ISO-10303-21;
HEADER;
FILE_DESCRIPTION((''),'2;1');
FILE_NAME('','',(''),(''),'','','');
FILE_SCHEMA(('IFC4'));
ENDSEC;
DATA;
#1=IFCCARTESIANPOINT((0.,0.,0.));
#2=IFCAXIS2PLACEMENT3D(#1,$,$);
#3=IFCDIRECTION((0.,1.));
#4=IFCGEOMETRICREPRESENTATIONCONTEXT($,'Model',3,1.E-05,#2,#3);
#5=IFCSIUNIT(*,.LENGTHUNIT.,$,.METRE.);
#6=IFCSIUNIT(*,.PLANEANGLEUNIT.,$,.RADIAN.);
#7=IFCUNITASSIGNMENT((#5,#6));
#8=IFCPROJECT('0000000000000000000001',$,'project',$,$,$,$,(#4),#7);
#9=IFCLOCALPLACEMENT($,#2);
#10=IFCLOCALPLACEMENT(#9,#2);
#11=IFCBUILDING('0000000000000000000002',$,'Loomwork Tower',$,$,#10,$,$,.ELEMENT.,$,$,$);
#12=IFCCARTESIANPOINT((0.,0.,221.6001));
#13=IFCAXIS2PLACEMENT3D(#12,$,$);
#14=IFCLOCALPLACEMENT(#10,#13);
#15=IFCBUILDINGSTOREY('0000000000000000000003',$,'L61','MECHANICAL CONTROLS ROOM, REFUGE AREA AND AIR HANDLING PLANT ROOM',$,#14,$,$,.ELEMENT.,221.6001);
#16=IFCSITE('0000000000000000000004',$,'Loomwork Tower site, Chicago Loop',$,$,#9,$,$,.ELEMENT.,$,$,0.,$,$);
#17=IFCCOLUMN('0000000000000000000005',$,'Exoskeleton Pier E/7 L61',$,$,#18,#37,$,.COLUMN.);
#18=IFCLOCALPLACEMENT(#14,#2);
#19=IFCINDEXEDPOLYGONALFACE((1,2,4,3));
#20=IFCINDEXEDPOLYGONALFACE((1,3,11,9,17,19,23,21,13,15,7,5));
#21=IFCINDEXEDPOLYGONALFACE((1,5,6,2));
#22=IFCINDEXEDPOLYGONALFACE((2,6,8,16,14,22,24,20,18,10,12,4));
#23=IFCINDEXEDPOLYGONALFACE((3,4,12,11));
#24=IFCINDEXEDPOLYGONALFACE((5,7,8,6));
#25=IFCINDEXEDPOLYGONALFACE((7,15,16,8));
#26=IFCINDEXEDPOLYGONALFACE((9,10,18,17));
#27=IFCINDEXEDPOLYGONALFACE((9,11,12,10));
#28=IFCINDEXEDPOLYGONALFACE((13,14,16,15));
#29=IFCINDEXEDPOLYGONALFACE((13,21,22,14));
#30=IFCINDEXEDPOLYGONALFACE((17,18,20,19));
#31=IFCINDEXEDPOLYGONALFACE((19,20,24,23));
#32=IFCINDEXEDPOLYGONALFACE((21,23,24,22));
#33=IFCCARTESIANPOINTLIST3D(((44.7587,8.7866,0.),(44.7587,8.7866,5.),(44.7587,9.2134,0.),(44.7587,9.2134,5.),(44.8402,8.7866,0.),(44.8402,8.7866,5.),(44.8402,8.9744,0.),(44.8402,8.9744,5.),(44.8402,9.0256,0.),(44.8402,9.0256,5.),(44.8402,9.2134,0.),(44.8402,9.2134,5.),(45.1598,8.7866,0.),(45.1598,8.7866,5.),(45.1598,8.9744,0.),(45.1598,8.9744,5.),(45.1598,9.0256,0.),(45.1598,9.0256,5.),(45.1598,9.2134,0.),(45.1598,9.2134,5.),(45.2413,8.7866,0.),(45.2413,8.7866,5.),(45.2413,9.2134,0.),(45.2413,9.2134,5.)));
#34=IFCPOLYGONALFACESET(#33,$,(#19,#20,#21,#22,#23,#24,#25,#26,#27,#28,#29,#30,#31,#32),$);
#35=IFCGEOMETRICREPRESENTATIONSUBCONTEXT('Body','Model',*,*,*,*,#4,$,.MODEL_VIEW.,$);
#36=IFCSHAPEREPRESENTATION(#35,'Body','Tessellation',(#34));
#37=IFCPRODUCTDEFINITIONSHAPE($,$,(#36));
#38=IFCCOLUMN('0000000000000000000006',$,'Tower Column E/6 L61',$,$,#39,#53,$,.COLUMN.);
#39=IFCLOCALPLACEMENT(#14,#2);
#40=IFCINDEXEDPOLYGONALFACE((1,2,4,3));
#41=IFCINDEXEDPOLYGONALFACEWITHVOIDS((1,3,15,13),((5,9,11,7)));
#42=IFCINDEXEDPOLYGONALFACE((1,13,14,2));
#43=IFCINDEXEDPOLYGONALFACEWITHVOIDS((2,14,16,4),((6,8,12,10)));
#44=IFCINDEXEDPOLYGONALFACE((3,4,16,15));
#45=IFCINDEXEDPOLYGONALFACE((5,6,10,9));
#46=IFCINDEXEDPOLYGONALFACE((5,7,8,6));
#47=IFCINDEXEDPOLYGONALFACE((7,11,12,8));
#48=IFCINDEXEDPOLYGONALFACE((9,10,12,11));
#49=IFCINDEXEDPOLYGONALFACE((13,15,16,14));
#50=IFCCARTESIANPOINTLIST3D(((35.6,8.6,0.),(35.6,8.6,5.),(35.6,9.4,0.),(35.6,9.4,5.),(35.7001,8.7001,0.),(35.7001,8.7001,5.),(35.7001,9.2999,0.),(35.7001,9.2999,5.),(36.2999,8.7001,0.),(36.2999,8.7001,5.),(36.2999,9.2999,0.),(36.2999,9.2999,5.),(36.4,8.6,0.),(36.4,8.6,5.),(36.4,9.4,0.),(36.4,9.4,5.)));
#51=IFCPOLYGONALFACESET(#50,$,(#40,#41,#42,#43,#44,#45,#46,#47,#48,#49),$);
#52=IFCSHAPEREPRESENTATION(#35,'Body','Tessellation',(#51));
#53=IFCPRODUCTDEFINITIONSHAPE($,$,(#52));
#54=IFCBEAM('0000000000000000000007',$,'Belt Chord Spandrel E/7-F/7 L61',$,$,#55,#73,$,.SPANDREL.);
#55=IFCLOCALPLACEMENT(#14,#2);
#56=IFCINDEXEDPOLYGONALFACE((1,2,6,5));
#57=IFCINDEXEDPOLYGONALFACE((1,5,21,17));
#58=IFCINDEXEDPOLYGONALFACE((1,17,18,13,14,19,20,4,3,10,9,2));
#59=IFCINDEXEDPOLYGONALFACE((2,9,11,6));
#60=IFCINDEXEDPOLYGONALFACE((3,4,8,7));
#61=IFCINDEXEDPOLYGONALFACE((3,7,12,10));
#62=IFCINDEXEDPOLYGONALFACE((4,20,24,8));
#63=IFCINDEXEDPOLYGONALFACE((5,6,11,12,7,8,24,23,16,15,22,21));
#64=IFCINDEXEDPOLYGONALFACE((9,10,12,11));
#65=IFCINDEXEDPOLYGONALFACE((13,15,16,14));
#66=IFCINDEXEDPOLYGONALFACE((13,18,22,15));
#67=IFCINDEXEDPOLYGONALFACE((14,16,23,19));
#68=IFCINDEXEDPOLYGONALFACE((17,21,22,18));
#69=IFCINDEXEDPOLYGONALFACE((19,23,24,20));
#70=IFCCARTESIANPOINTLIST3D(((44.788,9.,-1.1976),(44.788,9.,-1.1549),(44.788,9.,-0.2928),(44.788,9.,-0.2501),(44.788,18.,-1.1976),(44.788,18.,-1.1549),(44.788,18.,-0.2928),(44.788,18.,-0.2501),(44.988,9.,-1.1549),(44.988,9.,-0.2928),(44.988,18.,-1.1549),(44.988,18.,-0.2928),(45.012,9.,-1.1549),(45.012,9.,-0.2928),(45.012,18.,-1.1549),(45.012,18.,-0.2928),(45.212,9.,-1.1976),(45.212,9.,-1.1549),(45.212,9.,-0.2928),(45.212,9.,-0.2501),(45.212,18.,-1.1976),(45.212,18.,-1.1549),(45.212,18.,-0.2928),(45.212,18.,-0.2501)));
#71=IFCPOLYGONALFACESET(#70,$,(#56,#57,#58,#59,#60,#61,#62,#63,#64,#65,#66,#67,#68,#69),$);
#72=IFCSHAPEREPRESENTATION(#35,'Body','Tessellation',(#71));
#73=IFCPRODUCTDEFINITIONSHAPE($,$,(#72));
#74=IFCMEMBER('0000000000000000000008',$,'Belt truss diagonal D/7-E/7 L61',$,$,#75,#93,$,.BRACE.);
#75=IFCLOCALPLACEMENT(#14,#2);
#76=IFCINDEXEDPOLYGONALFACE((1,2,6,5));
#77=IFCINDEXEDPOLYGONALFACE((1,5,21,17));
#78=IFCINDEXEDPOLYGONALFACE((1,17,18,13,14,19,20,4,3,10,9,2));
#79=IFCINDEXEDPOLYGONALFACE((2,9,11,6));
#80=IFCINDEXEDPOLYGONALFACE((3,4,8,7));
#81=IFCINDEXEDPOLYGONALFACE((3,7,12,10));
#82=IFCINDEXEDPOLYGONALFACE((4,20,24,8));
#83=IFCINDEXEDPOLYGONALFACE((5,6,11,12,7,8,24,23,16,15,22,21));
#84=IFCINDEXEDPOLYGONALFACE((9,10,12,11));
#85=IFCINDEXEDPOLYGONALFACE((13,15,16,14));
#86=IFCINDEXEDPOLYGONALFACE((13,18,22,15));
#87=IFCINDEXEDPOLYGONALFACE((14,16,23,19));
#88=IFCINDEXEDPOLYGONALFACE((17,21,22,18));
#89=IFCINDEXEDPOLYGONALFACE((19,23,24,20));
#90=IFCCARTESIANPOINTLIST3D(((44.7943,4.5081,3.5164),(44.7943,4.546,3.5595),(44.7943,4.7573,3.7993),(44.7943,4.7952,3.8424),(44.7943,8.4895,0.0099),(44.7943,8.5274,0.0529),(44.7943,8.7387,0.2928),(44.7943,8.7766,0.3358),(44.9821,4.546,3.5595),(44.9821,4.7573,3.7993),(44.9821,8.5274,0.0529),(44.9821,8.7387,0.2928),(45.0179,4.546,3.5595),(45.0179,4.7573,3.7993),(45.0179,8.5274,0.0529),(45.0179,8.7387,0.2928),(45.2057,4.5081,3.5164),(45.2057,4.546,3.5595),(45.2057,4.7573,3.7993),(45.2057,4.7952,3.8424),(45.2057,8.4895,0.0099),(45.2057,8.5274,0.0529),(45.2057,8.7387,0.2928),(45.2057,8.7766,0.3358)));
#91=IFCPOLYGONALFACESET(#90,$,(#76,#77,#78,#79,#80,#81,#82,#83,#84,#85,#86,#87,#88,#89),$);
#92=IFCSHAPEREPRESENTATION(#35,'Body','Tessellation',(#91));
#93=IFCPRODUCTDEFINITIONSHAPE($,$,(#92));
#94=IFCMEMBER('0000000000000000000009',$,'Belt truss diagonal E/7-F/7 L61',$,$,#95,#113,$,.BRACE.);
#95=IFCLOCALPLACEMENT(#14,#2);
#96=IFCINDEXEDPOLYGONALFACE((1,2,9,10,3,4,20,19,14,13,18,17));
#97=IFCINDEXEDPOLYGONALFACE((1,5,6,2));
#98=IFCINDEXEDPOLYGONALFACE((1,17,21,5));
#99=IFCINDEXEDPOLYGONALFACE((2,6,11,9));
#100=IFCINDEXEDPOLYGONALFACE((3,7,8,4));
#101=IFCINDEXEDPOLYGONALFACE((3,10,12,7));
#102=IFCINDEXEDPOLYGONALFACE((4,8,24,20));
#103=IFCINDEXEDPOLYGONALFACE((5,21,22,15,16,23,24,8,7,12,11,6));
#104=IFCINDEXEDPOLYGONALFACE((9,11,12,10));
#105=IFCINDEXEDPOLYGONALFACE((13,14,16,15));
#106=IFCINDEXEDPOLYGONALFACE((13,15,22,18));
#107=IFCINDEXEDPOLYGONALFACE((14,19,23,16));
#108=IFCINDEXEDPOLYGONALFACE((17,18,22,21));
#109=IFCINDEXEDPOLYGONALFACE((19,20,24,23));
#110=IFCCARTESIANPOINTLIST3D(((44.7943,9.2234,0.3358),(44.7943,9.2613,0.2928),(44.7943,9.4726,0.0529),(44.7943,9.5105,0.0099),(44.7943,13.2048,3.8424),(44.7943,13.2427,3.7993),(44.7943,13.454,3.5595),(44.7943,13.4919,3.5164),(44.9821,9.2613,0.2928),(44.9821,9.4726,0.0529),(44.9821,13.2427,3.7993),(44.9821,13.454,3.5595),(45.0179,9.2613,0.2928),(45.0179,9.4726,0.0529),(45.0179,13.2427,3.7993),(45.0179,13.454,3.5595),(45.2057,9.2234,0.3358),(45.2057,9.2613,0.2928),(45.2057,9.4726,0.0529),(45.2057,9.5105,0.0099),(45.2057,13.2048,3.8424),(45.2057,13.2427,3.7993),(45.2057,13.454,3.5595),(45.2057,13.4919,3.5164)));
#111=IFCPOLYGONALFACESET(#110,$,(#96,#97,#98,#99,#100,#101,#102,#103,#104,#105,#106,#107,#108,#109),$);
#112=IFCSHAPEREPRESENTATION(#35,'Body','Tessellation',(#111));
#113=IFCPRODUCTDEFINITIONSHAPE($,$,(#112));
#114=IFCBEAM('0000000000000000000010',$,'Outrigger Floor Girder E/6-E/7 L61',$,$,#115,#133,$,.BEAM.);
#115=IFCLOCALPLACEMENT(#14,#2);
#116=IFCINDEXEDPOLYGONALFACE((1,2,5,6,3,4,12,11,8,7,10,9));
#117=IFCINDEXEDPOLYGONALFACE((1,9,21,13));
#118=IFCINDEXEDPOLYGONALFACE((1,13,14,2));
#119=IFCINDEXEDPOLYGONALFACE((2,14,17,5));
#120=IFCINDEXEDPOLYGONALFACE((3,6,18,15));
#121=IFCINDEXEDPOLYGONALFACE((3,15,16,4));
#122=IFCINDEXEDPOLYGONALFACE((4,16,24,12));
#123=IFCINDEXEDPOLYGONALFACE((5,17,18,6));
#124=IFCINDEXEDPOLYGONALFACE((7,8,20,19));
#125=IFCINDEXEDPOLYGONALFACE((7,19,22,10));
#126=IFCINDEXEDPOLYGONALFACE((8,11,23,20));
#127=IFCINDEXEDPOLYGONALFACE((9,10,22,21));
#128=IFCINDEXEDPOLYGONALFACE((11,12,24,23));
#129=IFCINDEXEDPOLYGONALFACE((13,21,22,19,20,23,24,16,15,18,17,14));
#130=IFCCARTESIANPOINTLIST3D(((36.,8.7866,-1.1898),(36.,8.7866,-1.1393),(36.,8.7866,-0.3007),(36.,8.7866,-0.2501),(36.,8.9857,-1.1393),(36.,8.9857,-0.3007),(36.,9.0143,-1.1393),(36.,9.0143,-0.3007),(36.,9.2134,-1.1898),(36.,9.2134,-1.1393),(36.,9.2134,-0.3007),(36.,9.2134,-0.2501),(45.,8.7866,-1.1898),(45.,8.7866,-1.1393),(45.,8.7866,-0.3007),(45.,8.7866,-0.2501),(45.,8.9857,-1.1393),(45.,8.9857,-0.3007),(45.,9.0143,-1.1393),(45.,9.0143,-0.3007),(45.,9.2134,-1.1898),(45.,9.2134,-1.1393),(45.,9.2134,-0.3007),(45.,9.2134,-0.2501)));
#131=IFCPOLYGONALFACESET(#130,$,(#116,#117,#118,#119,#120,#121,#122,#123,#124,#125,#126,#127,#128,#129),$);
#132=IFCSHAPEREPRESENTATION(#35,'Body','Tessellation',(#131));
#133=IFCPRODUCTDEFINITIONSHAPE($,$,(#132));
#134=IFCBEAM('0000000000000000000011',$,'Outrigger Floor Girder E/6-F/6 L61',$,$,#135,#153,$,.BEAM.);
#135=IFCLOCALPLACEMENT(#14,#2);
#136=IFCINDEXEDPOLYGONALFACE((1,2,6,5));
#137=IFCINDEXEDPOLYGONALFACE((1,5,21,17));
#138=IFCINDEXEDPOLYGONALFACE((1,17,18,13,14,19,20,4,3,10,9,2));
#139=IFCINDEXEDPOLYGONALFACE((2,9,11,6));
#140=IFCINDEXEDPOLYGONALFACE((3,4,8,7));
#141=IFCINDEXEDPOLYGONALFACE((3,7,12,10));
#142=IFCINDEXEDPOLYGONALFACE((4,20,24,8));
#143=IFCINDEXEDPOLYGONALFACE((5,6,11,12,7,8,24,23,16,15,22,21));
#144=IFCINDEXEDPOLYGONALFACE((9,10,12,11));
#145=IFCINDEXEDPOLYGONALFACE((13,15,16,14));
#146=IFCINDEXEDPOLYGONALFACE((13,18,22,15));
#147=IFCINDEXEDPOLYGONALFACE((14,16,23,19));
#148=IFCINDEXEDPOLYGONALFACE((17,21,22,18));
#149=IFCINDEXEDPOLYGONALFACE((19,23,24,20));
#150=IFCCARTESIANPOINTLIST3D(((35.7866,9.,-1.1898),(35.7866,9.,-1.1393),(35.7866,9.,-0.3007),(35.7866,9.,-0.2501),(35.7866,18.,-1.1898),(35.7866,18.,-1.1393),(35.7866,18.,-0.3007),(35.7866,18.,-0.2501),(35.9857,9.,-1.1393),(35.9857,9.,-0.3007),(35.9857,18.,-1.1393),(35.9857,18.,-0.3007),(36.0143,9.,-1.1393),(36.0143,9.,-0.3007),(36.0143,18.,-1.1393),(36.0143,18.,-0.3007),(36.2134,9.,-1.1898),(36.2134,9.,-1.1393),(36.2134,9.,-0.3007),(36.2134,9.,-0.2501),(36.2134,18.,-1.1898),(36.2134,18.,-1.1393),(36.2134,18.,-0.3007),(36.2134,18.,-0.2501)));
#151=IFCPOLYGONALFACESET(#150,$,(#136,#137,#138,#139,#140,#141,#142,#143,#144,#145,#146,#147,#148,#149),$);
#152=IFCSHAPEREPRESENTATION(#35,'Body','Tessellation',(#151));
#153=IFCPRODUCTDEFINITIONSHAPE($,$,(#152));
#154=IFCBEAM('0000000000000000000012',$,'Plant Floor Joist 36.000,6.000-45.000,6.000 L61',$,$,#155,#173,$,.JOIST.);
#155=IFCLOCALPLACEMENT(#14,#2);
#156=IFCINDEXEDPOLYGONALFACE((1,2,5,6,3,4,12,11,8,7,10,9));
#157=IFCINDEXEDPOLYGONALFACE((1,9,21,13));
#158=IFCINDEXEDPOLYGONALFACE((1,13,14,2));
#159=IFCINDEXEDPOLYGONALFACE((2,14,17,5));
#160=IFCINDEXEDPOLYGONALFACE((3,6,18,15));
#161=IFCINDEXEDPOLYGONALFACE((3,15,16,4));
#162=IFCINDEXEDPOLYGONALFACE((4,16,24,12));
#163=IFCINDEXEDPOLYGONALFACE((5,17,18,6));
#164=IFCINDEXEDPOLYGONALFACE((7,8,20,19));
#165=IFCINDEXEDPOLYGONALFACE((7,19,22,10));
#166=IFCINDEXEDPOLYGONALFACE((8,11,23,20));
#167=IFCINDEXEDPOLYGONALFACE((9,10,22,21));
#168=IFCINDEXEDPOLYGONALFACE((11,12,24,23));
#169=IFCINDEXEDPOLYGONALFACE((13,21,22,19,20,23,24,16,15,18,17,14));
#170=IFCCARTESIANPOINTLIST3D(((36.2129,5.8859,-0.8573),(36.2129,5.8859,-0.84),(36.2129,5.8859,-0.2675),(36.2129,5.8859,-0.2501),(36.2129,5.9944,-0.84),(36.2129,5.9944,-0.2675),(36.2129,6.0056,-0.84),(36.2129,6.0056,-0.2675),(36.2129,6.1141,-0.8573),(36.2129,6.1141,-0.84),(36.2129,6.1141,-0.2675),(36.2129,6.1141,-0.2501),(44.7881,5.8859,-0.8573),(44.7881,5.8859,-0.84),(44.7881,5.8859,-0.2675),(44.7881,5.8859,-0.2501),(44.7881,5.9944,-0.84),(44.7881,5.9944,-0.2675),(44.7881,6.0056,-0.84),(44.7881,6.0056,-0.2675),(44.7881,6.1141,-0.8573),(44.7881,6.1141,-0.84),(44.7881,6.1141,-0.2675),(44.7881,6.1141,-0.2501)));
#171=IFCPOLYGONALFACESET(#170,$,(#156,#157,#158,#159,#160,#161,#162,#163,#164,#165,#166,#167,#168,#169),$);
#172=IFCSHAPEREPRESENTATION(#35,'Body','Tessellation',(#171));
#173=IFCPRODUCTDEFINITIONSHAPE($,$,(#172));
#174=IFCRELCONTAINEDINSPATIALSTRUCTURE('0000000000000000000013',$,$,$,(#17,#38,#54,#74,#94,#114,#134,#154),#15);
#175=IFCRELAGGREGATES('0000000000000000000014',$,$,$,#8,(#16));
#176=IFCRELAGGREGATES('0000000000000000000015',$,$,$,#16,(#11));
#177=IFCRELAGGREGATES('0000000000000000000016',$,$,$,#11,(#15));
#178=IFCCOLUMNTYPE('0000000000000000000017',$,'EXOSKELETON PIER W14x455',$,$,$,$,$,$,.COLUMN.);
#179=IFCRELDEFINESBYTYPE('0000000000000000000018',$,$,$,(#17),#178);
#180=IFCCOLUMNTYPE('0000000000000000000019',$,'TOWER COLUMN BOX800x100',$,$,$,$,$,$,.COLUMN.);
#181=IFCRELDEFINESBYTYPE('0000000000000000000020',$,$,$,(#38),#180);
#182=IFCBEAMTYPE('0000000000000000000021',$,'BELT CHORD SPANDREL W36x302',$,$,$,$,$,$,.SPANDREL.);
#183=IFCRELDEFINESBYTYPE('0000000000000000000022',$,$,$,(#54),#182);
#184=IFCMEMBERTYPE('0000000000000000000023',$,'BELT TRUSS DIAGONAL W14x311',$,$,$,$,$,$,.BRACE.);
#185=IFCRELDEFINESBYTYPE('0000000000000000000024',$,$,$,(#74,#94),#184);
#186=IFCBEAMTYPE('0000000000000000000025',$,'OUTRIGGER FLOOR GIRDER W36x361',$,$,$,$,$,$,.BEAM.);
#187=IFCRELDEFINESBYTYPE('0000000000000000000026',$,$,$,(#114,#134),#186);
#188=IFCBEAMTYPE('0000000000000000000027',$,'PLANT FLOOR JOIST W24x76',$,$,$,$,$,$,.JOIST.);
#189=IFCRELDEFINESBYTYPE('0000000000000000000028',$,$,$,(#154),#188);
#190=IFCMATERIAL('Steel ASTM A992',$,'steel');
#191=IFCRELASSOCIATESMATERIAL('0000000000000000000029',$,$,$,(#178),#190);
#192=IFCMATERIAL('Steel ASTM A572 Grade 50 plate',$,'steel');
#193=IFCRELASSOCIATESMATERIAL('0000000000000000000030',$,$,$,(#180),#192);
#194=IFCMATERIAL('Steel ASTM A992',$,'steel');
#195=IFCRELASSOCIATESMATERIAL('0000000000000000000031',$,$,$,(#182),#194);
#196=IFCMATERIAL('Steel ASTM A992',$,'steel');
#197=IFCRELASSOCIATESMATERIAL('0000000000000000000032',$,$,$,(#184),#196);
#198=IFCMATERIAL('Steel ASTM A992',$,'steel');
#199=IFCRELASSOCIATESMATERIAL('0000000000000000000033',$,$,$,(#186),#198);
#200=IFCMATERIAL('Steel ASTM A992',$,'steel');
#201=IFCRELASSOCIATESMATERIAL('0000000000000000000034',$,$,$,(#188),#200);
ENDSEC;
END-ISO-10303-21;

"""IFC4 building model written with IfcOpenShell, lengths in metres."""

from ifc_helpers import new_model, si_unit, direction, frame, origin, origin_2d, place, context, subcontext, project, spatial, hollow_rectangle, i_section, extrude, material, material_profile, profile_set, type_object, element, save


model = new_model("IFC4")

# Units and contexts
model_context = context("Model", 3, precision=1e-05, world=origin(), true_north=direction((0.0, 1.0)))
body_context = subcontext(model_context, "Body", "Model", "MODEL_VIEW")
ifc_project = project(units=[si_unit("LENGTHUNIT", "METRE"), si_unit("PLANEANGLEUNIT", "RADIAN")], contexts=[model_context])

# Site, building, storey
site_placement = place(None, origin())
site = spatial("IfcSite", under=ifc_project, at=site_placement, Name="Loomwork Tower site, Chicago Loop", CompositionType="ELEMENT", RefElevation=0.0)
building_placement = place(site_placement, origin())
building = spatial("IfcBuilding", under=site, at=building_placement, Name="Loomwork Tower", CompositionType="ELEMENT")
storey_placement = place(building_placement, frame((0.0, 0.0, 221.6001)))
storey = spatial("IfcBuildingStorey", under=building, at=storey_placement, Name="L61", Description="MECHANICAL CONTROLS ROOM, REFUGE AREA AND AIR HANDLING PLANT ROOM", CompositionType="ELEMENT", Elevation=221.6001)

# Columns
ifc_material_1 = material(Name="Steel ASTM A992", Category="steel")
ifc_material_profile_1 = material_profile(ifc_material_1, i_section(OverallWidth=0.4268, OverallDepth=0.4827, WebThickness=0.0513, FlangeThickness=0.0815, at=origin_2d()), Name="W14x455")
ifc_profile_set_1 = profile_set([ifc_material_profile_1], Name="Steel ASTM A992")
column_type_1 = type_object("IfcColumnType", Name="EXOSKELETON PIER W14x455", PredefinedType="COLUMN", material=ifc_profile_set_1)
column_1_placement = place(storey_placement, frame((45.0, 9.0, 0.0), z_axis=(0.0, 0.0, 1.0), x_axis=(0.0, 1.0, 0.0)))
element("IfcColumn", 1, at=column_1_placement, inside=storey, type_object=column_type_1, Name="Exoskeleton Pier E/7 L61", PredefinedType="COLUMN", context=body_context, shape_type="SweptSolid", body=[
    extrude(i_section(OverallWidth=0.4268, OverallDepth=0.4827, WebThickness=0.0513, FlangeThickness=0.0815, at=origin_2d()), origin(), (0.0, 0.0, 1.0), 5.0),
])
ifc_material_2 = material(Name="Steel ASTM A572 Grade 50 plate", Category="steel")
ifc_material_profile_2 = material_profile(ifc_material_2, hollow_rectangle(XDim=0.8, YDim=0.8, WallThickness=0.1001, at=origin_2d()), Name="BOX800x100")
ifc_profile_set_2 = profile_set([ifc_material_profile_2], Name="Steel ASTM A572 Grade 50 plate")
column_type_2 = type_object("IfcColumnType", Name="TOWER COLUMN BOX800x100", PredefinedType="COLUMN", material=ifc_profile_set_2)
column_2_placement = place(storey_placement, frame((36.0, 9.0, 0.0), z_axis=(0.0, 0.0, 1.0), x_axis=(0.0, 1.0, 0.0)))
element("IfcColumn", 2, at=column_2_placement, inside=storey, type_object=column_type_2, Name="Tower Column E/6 L61", PredefinedType="COLUMN", context=body_context, shape_type="SweptSolid", body=[
    extrude(hollow_rectangle(XDim=0.8, YDim=0.8, WallThickness=0.1001, at=origin_2d()), origin(), (0.0, 0.0, 1.0), 5.0),
])

# Beam
ifc_material_3 = material(Name="Steel ASTM A992", Category="steel")
ifc_material_profile_3 = material_profile(ifc_material_3, i_section(OverallWidth=0.4241, OverallDepth=0.9475, WebThickness=0.0239, FlangeThickness=0.0427, at=origin_2d()), Name="W36x302")
ifc_profile_set_3 = profile_set([ifc_material_profile_3], Name="Steel ASTM A992")
beam_type_1 = type_object("IfcBeamType", Name="BELT CHORD SPANDREL W36x302", PredefinedType="SPANDREL", material=ifc_profile_set_3)
beam_placement = place(storey_placement, frame((45.0, 9.0, -0.7239), z_axis=(0.0, 1.0, 0.0), x_axis=(-1.0, 0.0, 0.0)))
element("IfcBeam", 3, at=beam_placement, inside=storey, type_object=beam_type_1, Name="Belt Chord Spandrel E/7-F/7 L61", PredefinedType="SPANDREL", context=body_context, shape_type="SweptSolid", body=[
    extrude(i_section(OverallWidth=0.4241, OverallDepth=0.9475, WebThickness=0.0239, FlangeThickness=0.0427, at=origin_2d()), origin(), (0.0, 0.0, 1.0), 9.0),
])

# Members
ifc_material_4 = material(Name="Steel ASTM A992", Category="steel")
ifc_material_profile_4 = material_profile(ifc_material_4, i_section(OverallWidth=0.4114, OverallDepth=0.4343, WebThickness=0.0359, FlangeThickness=0.0574, at=origin_2d()), Name="W14x311")
ifc_profile_set_4 = profile_set([ifc_material_profile_4], Name="Steel ASTM A992")
member_type_1 = type_object("IfcMemberType", Name="BELT TRUSS DIAGONAL W14x311", PredefinedType="BRACE", material=ifc_profile_set_4)
for number, where, z_axis, x_axis, name in (
    (4, (45.0, 8.6331, 0.1729), (0.0, -0.750441, 0.660938), (1.0, 0.0, 0.0), "Belt truss diagonal D/7-E/7 L61"),
    (5, (45.0, 9.3669, 0.1729), (0.0, 0.750441, 0.660938), (-1.0, 0.0, 0.0), "Belt truss diagonal E/7-F/7 L61"),
):
    element("IfcMember", number, at=place(storey_placement, frame(where, z_axis=z_axis, x_axis=x_axis)), inside=storey, type_object=member_type_1, Name=name, PredefinedType="BRACE", context=body_context, shape_type="SweptSolid", body=[
        extrude(i_section(OverallWidth=0.4114, OverallDepth=0.4343, WebThickness=0.0359, FlangeThickness=0.0574, at=origin_2d()), origin(), (0.0, 0.0, 1.0), 5.3054),
    ])

# Beams
ifc_material_5 = material(Name="Steel ASTM A992", Category="steel")
ifc_material_profile_5 = material_profile(ifc_material_5, i_section(OverallWidth=0.4268, OverallDepth=0.9397, WebThickness=0.0286, FlangeThickness=0.0505, at=origin_2d()), Name="W36x361")
ifc_profile_set_5 = profile_set([ifc_material_profile_5], Name="Steel ASTM A992")
beam_type_2 = type_object("IfcBeamType", Name="OUTRIGGER FLOOR GIRDER W36x361", PredefinedType="BEAM", material=ifc_profile_set_5)
for number, where, z_axis, x_axis, name in (
    (6, (36.0, 9.0, -0.72), (1.0, 0.0, 0.0), (0.0, 1.0, 0.0), "Outrigger Floor Girder E/6-E/7 L61"),
    (7, (36.0, 9.0, -0.72), (0.0, 1.0, 0.0), (-1.0, 0.0, 0.0), "Outrigger Floor Girder E/6-F/6 L61"),
):
    element("IfcBeam", number, at=place(storey_placement, frame(where, z_axis=z_axis, x_axis=x_axis)), inside=storey, type_object=beam_type_2, Name=name, PredefinedType="BEAM", context=body_context, shape_type="SweptSolid", body=[
        extrude(i_section(OverallWidth=0.4268, OverallDepth=0.9397, WebThickness=0.0286, FlangeThickness=0.0505, at=origin_2d()), origin(), (0.0, 0.0, 1.0), 9.0),
    ])
ifc_material_6 = material(Name="Steel ASTM A992", Category="steel")
ifc_material_profile_6 = material_profile(ifc_material_6, i_section(OverallWidth=0.2283, OverallDepth=0.6072, WebThickness=0.0112, FlangeThickness=0.0173, at=origin_2d()), Name="W24x76")
ifc_profile_set_6 = profile_set([ifc_material_profile_6], Name="Steel ASTM A992")
beam_type_3 = type_object("IfcBeamType", Name="PLANT FLOOR JOIST W24x76", PredefinedType="JOIST", material=ifc_profile_set_6)
for number, where, z_axis, x_axis, name in (
    (8, (36.2129, 6.0, -0.5537), (1.0, 0.0, 0.0), (0.0, 1.0, 0.0), "Plant Floor Joist 36.000,6.000-45.000,6.000 L61"),
):
    element("IfcBeam", number, at=place(storey_placement, frame(where, z_axis=z_axis, x_axis=x_axis)), inside=storey, type_object=beam_type_3, Name=name, PredefinedType="JOIST", context=body_context, shape_type="SweptSolid", body=[
        extrude(i_section(OverallWidth=0.2283, OverallDepth=0.6072, WebThickness=0.0112, FlangeThickness=0.0173, at=origin_2d()), origin(), (0.0, 0.0, 1.0), 8.5752),
    ])

save(model, "model.ifc")
